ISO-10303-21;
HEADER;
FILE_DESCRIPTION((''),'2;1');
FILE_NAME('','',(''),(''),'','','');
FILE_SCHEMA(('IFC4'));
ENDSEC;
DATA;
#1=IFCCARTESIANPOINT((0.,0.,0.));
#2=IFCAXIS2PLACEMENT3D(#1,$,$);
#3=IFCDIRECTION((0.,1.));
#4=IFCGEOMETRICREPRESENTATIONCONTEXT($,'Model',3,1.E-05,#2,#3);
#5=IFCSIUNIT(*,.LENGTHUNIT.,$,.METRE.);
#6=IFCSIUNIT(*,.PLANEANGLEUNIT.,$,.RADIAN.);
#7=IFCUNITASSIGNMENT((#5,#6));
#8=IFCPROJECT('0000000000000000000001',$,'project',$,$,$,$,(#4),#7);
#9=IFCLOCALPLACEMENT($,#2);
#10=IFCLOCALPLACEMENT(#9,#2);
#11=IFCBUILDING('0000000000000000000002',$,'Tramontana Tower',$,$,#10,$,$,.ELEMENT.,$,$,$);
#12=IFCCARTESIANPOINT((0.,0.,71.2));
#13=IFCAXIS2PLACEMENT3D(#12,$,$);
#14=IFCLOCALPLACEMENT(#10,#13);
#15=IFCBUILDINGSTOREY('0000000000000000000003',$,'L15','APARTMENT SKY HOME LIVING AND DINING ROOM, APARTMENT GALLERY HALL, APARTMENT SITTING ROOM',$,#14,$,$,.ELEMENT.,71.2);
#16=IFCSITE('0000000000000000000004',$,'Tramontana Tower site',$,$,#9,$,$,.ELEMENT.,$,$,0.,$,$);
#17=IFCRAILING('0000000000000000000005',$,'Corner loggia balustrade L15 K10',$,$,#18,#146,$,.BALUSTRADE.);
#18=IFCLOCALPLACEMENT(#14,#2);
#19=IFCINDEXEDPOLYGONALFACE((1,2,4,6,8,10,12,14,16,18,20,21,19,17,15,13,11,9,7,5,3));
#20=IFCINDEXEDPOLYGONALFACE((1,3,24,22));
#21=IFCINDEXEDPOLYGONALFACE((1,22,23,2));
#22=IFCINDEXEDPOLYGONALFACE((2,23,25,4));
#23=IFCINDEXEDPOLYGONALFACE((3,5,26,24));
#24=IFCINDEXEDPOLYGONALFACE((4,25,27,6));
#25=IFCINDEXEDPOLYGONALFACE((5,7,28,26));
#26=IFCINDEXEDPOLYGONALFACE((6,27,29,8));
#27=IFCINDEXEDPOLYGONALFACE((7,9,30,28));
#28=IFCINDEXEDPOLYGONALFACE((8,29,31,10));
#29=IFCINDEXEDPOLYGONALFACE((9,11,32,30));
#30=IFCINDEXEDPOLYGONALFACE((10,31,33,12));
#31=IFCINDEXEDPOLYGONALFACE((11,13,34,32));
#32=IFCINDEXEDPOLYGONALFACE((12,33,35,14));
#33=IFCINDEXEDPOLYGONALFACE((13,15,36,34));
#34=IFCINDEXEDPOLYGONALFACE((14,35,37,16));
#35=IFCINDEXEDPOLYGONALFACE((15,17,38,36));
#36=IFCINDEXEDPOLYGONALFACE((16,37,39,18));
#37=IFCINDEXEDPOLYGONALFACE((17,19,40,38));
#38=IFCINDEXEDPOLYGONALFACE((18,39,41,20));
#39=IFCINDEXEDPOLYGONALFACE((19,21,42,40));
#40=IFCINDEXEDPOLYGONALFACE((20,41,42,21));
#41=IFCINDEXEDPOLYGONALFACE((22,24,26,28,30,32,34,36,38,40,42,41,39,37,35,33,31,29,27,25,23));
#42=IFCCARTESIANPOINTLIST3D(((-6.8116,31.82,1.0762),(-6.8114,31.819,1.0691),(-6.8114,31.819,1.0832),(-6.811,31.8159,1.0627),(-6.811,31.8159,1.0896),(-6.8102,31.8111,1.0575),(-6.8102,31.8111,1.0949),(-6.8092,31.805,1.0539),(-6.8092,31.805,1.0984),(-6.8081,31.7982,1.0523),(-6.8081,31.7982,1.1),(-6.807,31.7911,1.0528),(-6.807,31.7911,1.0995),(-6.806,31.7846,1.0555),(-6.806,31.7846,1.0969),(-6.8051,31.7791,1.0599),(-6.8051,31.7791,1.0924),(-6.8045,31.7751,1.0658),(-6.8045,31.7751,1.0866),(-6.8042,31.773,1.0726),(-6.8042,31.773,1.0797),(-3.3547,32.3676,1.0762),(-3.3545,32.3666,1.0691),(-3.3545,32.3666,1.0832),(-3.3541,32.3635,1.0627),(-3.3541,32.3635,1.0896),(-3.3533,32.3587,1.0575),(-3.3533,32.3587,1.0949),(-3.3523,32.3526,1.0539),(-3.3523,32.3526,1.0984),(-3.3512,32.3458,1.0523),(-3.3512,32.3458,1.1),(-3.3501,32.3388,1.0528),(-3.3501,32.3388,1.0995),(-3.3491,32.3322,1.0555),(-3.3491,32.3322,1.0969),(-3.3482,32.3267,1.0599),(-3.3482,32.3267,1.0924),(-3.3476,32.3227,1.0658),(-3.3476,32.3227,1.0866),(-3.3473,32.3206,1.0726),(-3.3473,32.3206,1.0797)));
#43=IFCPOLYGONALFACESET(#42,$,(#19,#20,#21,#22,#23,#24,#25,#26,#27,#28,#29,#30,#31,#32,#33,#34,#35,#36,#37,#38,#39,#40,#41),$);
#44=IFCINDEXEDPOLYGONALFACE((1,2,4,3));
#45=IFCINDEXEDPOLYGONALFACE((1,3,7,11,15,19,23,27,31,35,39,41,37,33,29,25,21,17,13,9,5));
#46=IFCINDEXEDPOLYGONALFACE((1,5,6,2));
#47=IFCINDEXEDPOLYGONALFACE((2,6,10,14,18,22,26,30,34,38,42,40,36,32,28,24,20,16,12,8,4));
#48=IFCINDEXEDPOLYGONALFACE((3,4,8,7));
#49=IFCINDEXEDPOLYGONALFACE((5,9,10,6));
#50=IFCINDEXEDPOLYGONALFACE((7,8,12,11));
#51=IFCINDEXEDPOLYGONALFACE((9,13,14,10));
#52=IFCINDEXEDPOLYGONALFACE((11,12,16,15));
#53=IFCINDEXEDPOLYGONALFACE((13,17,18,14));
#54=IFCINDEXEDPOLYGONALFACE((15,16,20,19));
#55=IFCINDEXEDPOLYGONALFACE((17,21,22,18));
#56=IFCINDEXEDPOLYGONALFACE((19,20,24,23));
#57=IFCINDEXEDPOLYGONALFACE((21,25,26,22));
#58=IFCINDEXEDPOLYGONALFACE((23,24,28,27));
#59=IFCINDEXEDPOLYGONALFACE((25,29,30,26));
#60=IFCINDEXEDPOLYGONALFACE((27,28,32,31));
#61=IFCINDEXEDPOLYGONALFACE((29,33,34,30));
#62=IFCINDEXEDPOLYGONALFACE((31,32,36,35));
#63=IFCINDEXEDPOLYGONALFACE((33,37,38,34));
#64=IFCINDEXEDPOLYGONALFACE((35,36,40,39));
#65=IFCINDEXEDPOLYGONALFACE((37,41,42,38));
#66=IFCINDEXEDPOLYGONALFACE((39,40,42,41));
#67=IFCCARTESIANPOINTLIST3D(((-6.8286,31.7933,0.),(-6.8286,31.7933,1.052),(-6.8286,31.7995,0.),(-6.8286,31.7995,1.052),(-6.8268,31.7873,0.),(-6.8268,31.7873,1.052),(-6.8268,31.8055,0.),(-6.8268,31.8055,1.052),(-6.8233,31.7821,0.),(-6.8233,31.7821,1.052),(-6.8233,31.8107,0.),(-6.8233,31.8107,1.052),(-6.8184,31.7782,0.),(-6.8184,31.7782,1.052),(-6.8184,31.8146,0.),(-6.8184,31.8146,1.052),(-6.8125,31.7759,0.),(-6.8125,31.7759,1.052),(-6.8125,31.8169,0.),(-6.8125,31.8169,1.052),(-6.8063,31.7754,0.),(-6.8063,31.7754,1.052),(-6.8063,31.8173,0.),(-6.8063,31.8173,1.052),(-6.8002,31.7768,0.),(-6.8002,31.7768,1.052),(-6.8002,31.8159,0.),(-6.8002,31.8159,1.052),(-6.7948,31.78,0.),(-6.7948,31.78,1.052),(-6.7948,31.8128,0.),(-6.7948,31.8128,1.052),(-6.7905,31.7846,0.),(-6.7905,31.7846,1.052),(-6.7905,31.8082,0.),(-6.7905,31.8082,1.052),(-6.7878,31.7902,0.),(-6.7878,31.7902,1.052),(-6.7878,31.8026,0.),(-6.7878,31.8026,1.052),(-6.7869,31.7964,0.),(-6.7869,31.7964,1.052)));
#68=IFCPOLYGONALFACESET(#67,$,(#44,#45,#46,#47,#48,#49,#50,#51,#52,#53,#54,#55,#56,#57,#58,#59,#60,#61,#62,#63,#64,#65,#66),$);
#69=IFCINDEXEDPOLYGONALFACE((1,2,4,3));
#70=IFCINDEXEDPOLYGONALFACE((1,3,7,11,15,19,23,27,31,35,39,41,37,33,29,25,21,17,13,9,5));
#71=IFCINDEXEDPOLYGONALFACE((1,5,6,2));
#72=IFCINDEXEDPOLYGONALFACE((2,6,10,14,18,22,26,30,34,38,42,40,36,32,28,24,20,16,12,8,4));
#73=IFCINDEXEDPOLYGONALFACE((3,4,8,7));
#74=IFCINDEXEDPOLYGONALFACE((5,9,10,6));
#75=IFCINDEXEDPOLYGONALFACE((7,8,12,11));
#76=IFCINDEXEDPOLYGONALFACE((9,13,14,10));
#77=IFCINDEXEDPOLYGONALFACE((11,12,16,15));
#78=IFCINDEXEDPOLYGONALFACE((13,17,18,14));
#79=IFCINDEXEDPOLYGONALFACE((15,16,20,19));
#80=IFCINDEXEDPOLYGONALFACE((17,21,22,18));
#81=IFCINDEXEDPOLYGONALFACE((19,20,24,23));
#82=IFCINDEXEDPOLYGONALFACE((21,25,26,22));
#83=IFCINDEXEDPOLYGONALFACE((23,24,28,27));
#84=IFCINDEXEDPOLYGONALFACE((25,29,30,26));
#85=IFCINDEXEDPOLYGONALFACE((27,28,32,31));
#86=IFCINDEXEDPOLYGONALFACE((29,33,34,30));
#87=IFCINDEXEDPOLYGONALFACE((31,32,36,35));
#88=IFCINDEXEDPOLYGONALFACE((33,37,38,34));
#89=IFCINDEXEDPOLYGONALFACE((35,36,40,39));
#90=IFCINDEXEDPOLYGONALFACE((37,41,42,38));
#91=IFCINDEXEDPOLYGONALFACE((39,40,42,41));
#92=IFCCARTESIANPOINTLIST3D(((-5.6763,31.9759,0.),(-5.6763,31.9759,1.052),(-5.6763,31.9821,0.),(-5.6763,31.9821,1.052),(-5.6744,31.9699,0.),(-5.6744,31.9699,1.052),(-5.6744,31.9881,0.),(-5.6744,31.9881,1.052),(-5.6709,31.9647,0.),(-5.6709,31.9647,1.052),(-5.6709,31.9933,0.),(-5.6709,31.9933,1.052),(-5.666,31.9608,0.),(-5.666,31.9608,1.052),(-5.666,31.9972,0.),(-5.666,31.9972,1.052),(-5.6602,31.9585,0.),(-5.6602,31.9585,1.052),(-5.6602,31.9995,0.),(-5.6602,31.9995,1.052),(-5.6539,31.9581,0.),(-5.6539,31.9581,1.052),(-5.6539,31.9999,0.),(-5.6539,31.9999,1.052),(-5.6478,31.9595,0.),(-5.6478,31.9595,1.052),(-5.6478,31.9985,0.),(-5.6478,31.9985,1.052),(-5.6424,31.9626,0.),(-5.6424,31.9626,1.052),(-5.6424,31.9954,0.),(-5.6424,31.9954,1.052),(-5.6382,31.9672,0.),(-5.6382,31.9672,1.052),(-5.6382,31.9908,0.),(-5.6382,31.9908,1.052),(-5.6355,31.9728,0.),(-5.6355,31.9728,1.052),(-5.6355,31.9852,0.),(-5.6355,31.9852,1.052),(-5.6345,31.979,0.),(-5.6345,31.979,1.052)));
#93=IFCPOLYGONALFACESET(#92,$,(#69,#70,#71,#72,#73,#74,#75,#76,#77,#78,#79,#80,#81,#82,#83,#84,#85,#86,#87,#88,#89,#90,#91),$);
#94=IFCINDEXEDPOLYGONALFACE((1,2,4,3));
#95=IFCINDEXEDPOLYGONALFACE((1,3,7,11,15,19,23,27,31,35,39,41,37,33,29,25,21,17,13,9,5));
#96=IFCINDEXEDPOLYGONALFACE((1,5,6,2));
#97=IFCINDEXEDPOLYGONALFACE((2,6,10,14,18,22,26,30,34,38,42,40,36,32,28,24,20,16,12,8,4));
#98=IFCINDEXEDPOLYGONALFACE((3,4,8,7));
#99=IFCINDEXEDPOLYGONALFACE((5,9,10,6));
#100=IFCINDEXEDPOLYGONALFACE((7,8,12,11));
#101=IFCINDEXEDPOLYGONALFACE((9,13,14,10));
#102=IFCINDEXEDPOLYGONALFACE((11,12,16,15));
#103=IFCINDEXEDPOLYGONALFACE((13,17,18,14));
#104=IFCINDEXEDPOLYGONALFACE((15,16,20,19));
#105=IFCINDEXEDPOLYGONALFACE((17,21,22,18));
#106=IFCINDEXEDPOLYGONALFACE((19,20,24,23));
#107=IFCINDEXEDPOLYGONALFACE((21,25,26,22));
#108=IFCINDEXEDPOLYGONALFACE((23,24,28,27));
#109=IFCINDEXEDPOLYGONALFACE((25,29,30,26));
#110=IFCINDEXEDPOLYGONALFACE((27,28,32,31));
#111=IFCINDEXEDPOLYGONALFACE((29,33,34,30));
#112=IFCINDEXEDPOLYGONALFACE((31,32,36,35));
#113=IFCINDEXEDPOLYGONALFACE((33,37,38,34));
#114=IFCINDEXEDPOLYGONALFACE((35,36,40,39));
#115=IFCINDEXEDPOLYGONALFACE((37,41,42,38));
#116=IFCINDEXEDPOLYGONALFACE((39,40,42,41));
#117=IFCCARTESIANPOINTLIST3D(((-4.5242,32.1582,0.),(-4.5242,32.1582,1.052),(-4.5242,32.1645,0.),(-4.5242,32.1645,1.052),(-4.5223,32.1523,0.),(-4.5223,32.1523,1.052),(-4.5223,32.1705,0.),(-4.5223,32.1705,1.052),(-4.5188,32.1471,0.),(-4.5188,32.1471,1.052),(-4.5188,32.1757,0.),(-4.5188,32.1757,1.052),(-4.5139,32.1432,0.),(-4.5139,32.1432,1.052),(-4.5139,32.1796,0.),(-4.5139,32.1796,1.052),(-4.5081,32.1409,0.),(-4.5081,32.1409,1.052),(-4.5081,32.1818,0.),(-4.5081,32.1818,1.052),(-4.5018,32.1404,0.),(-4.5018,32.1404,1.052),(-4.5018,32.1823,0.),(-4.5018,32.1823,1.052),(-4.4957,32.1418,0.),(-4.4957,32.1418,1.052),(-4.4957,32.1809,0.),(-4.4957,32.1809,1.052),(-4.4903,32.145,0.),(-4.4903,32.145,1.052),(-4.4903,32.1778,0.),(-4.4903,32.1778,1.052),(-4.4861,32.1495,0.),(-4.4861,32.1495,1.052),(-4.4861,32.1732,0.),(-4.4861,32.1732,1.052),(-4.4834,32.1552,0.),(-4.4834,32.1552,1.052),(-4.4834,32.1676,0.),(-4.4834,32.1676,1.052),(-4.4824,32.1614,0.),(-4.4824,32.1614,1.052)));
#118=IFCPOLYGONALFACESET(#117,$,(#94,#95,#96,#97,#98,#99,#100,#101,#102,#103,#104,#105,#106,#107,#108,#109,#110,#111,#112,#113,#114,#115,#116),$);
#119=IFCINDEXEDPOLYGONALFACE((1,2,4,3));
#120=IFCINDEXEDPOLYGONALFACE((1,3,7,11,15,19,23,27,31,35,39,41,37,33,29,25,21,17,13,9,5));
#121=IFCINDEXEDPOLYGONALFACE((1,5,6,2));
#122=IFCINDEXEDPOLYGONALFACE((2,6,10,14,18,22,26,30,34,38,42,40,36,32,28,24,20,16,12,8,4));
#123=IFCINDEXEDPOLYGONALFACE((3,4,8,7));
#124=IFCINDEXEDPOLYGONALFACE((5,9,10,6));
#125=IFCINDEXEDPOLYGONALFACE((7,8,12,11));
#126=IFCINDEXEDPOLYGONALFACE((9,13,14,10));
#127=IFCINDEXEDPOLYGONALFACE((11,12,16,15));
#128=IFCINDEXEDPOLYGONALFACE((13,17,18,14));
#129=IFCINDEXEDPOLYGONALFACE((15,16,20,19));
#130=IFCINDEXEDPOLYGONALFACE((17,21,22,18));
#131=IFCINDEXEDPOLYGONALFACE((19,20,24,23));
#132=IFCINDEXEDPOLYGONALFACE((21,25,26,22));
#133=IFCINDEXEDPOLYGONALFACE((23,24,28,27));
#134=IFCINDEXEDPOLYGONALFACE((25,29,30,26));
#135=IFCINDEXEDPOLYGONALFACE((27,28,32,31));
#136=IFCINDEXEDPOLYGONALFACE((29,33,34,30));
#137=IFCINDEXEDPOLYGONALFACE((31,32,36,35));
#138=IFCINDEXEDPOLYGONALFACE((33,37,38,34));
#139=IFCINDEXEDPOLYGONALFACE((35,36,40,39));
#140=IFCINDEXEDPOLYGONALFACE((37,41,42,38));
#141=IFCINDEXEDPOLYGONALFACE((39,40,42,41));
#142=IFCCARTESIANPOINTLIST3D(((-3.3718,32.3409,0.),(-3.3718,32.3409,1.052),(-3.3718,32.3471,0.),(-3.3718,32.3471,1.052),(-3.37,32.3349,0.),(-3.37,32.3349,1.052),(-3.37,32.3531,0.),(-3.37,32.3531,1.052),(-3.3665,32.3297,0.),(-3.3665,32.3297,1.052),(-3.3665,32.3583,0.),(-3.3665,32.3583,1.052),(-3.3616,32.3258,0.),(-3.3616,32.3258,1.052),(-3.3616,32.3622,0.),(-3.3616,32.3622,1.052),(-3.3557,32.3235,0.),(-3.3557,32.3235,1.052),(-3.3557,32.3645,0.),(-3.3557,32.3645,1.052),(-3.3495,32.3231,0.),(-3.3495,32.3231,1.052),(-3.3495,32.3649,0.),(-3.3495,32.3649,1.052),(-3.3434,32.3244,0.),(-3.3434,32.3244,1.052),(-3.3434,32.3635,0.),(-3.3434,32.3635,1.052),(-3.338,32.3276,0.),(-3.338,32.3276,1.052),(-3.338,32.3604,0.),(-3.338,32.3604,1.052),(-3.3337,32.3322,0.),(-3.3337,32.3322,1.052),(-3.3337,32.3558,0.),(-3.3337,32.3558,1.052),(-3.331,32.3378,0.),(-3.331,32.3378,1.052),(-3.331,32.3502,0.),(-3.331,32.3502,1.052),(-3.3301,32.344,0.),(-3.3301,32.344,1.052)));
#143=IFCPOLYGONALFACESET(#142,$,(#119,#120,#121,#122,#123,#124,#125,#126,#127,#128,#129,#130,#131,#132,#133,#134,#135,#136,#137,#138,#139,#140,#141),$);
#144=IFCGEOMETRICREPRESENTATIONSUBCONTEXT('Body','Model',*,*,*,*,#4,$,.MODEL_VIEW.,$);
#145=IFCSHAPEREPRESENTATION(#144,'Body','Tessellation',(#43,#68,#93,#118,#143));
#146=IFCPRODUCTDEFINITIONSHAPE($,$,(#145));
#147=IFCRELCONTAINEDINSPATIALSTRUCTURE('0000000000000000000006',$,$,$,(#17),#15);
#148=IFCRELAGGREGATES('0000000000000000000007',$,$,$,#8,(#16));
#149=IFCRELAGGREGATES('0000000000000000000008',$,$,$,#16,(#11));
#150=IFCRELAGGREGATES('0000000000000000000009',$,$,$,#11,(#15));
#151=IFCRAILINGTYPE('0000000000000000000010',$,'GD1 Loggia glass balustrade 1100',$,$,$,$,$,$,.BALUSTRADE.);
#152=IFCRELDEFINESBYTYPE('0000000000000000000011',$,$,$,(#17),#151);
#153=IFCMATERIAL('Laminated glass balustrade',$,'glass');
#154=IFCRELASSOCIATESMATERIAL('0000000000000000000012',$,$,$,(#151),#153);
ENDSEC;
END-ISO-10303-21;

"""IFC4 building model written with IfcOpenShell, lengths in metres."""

from ifc_helpers import new_model, si_unit, direction, frame, origin, origin_2d, place, context, subcontext, project, spatial, circle, extrude, material, type_object, element, save


model = new_model("IFC4")

# Units and contexts
model_context = context("Model", 3, precision=1e-05, world=origin(), true_north=direction((0.0, 1.0)))
body_context = subcontext(model_context, "Body", "Model", "MODEL_VIEW")
ifc_project = project(units=[si_unit("LENGTHUNIT", "METRE"), si_unit("PLANEANGLEUNIT", "RADIAN")], contexts=[model_context])

# Site, building, storey
site_placement = place(None, origin())
site = spatial("IfcSite", under=ifc_project, at=site_placement, Name="Tramontana Tower site", CompositionType="ELEMENT", RefElevation=0.0)
building_placement = place(site_placement, origin())
building = spatial("IfcBuilding", under=site, at=building_placement, Name="Tramontana Tower", CompositionType="ELEMENT")
storey_placement = place(building_placement, frame((0.0, 0.0, 71.2)))
storey = spatial("IfcBuildingStorey", under=building, at=storey_placement, Name="L15", Description="APARTMENT SKY HOME LIVING AND DINING ROOM, APARTMENT GALLERY HALL, APARTMENT SITTING ROOM", CompositionType="ELEMENT", Elevation=71.2)

# Railing
ifc_material_1 = material(Name="Laminated glass balustrade", Category="glass")
railing_type = type_object("IfcRailingType", Name="GD1 Loggia glass balustrade 1100", PredefinedType="BALUSTRADE", material=ifc_material_1)
railing_placement = place(storey_placement, frame((-6.8079, 31.7964, 0.0)))
element("IfcRailing", 1, at=railing_placement, inside=storey, type_object=railing_type, Name="Corner loggia balustrade L15 K10", PredefinedType="BALUSTRADE", context=body_context, shape_type="SweptSolid", body=[
    extrude(circle(Radius=0.0239, at=origin_2d()), frame((0.0, 0.0, 1.0762), z_axis=(0.987684, 0.156464, 0.0), x_axis=(-0.156464, 0.987684, 0.0)), (0.0, 0.0, 1.0), 3.5),
    extrude(circle(Radius=0.021, at=origin_2d()), origin(), (0.0, 0.0, 1.0), 1.052),
    extrude(circle(Radius=0.021, at=origin_2d()), frame((1.1523, 0.1826, 0.0)), (0.0, 0.0, 1.0), 1.052),
    extrude(circle(Radius=0.021, at=origin_2d()), frame((2.3044, 0.365, 0.0)), (0.0, 0.0, 1.0), 1.052),
    extrude(circle(Radius=0.021, at=origin_2d()), frame((3.4568, 0.5476, 0.0)), (0.0, 0.0, 1.0), 1.052),
])

save(model, "model.ifc")
